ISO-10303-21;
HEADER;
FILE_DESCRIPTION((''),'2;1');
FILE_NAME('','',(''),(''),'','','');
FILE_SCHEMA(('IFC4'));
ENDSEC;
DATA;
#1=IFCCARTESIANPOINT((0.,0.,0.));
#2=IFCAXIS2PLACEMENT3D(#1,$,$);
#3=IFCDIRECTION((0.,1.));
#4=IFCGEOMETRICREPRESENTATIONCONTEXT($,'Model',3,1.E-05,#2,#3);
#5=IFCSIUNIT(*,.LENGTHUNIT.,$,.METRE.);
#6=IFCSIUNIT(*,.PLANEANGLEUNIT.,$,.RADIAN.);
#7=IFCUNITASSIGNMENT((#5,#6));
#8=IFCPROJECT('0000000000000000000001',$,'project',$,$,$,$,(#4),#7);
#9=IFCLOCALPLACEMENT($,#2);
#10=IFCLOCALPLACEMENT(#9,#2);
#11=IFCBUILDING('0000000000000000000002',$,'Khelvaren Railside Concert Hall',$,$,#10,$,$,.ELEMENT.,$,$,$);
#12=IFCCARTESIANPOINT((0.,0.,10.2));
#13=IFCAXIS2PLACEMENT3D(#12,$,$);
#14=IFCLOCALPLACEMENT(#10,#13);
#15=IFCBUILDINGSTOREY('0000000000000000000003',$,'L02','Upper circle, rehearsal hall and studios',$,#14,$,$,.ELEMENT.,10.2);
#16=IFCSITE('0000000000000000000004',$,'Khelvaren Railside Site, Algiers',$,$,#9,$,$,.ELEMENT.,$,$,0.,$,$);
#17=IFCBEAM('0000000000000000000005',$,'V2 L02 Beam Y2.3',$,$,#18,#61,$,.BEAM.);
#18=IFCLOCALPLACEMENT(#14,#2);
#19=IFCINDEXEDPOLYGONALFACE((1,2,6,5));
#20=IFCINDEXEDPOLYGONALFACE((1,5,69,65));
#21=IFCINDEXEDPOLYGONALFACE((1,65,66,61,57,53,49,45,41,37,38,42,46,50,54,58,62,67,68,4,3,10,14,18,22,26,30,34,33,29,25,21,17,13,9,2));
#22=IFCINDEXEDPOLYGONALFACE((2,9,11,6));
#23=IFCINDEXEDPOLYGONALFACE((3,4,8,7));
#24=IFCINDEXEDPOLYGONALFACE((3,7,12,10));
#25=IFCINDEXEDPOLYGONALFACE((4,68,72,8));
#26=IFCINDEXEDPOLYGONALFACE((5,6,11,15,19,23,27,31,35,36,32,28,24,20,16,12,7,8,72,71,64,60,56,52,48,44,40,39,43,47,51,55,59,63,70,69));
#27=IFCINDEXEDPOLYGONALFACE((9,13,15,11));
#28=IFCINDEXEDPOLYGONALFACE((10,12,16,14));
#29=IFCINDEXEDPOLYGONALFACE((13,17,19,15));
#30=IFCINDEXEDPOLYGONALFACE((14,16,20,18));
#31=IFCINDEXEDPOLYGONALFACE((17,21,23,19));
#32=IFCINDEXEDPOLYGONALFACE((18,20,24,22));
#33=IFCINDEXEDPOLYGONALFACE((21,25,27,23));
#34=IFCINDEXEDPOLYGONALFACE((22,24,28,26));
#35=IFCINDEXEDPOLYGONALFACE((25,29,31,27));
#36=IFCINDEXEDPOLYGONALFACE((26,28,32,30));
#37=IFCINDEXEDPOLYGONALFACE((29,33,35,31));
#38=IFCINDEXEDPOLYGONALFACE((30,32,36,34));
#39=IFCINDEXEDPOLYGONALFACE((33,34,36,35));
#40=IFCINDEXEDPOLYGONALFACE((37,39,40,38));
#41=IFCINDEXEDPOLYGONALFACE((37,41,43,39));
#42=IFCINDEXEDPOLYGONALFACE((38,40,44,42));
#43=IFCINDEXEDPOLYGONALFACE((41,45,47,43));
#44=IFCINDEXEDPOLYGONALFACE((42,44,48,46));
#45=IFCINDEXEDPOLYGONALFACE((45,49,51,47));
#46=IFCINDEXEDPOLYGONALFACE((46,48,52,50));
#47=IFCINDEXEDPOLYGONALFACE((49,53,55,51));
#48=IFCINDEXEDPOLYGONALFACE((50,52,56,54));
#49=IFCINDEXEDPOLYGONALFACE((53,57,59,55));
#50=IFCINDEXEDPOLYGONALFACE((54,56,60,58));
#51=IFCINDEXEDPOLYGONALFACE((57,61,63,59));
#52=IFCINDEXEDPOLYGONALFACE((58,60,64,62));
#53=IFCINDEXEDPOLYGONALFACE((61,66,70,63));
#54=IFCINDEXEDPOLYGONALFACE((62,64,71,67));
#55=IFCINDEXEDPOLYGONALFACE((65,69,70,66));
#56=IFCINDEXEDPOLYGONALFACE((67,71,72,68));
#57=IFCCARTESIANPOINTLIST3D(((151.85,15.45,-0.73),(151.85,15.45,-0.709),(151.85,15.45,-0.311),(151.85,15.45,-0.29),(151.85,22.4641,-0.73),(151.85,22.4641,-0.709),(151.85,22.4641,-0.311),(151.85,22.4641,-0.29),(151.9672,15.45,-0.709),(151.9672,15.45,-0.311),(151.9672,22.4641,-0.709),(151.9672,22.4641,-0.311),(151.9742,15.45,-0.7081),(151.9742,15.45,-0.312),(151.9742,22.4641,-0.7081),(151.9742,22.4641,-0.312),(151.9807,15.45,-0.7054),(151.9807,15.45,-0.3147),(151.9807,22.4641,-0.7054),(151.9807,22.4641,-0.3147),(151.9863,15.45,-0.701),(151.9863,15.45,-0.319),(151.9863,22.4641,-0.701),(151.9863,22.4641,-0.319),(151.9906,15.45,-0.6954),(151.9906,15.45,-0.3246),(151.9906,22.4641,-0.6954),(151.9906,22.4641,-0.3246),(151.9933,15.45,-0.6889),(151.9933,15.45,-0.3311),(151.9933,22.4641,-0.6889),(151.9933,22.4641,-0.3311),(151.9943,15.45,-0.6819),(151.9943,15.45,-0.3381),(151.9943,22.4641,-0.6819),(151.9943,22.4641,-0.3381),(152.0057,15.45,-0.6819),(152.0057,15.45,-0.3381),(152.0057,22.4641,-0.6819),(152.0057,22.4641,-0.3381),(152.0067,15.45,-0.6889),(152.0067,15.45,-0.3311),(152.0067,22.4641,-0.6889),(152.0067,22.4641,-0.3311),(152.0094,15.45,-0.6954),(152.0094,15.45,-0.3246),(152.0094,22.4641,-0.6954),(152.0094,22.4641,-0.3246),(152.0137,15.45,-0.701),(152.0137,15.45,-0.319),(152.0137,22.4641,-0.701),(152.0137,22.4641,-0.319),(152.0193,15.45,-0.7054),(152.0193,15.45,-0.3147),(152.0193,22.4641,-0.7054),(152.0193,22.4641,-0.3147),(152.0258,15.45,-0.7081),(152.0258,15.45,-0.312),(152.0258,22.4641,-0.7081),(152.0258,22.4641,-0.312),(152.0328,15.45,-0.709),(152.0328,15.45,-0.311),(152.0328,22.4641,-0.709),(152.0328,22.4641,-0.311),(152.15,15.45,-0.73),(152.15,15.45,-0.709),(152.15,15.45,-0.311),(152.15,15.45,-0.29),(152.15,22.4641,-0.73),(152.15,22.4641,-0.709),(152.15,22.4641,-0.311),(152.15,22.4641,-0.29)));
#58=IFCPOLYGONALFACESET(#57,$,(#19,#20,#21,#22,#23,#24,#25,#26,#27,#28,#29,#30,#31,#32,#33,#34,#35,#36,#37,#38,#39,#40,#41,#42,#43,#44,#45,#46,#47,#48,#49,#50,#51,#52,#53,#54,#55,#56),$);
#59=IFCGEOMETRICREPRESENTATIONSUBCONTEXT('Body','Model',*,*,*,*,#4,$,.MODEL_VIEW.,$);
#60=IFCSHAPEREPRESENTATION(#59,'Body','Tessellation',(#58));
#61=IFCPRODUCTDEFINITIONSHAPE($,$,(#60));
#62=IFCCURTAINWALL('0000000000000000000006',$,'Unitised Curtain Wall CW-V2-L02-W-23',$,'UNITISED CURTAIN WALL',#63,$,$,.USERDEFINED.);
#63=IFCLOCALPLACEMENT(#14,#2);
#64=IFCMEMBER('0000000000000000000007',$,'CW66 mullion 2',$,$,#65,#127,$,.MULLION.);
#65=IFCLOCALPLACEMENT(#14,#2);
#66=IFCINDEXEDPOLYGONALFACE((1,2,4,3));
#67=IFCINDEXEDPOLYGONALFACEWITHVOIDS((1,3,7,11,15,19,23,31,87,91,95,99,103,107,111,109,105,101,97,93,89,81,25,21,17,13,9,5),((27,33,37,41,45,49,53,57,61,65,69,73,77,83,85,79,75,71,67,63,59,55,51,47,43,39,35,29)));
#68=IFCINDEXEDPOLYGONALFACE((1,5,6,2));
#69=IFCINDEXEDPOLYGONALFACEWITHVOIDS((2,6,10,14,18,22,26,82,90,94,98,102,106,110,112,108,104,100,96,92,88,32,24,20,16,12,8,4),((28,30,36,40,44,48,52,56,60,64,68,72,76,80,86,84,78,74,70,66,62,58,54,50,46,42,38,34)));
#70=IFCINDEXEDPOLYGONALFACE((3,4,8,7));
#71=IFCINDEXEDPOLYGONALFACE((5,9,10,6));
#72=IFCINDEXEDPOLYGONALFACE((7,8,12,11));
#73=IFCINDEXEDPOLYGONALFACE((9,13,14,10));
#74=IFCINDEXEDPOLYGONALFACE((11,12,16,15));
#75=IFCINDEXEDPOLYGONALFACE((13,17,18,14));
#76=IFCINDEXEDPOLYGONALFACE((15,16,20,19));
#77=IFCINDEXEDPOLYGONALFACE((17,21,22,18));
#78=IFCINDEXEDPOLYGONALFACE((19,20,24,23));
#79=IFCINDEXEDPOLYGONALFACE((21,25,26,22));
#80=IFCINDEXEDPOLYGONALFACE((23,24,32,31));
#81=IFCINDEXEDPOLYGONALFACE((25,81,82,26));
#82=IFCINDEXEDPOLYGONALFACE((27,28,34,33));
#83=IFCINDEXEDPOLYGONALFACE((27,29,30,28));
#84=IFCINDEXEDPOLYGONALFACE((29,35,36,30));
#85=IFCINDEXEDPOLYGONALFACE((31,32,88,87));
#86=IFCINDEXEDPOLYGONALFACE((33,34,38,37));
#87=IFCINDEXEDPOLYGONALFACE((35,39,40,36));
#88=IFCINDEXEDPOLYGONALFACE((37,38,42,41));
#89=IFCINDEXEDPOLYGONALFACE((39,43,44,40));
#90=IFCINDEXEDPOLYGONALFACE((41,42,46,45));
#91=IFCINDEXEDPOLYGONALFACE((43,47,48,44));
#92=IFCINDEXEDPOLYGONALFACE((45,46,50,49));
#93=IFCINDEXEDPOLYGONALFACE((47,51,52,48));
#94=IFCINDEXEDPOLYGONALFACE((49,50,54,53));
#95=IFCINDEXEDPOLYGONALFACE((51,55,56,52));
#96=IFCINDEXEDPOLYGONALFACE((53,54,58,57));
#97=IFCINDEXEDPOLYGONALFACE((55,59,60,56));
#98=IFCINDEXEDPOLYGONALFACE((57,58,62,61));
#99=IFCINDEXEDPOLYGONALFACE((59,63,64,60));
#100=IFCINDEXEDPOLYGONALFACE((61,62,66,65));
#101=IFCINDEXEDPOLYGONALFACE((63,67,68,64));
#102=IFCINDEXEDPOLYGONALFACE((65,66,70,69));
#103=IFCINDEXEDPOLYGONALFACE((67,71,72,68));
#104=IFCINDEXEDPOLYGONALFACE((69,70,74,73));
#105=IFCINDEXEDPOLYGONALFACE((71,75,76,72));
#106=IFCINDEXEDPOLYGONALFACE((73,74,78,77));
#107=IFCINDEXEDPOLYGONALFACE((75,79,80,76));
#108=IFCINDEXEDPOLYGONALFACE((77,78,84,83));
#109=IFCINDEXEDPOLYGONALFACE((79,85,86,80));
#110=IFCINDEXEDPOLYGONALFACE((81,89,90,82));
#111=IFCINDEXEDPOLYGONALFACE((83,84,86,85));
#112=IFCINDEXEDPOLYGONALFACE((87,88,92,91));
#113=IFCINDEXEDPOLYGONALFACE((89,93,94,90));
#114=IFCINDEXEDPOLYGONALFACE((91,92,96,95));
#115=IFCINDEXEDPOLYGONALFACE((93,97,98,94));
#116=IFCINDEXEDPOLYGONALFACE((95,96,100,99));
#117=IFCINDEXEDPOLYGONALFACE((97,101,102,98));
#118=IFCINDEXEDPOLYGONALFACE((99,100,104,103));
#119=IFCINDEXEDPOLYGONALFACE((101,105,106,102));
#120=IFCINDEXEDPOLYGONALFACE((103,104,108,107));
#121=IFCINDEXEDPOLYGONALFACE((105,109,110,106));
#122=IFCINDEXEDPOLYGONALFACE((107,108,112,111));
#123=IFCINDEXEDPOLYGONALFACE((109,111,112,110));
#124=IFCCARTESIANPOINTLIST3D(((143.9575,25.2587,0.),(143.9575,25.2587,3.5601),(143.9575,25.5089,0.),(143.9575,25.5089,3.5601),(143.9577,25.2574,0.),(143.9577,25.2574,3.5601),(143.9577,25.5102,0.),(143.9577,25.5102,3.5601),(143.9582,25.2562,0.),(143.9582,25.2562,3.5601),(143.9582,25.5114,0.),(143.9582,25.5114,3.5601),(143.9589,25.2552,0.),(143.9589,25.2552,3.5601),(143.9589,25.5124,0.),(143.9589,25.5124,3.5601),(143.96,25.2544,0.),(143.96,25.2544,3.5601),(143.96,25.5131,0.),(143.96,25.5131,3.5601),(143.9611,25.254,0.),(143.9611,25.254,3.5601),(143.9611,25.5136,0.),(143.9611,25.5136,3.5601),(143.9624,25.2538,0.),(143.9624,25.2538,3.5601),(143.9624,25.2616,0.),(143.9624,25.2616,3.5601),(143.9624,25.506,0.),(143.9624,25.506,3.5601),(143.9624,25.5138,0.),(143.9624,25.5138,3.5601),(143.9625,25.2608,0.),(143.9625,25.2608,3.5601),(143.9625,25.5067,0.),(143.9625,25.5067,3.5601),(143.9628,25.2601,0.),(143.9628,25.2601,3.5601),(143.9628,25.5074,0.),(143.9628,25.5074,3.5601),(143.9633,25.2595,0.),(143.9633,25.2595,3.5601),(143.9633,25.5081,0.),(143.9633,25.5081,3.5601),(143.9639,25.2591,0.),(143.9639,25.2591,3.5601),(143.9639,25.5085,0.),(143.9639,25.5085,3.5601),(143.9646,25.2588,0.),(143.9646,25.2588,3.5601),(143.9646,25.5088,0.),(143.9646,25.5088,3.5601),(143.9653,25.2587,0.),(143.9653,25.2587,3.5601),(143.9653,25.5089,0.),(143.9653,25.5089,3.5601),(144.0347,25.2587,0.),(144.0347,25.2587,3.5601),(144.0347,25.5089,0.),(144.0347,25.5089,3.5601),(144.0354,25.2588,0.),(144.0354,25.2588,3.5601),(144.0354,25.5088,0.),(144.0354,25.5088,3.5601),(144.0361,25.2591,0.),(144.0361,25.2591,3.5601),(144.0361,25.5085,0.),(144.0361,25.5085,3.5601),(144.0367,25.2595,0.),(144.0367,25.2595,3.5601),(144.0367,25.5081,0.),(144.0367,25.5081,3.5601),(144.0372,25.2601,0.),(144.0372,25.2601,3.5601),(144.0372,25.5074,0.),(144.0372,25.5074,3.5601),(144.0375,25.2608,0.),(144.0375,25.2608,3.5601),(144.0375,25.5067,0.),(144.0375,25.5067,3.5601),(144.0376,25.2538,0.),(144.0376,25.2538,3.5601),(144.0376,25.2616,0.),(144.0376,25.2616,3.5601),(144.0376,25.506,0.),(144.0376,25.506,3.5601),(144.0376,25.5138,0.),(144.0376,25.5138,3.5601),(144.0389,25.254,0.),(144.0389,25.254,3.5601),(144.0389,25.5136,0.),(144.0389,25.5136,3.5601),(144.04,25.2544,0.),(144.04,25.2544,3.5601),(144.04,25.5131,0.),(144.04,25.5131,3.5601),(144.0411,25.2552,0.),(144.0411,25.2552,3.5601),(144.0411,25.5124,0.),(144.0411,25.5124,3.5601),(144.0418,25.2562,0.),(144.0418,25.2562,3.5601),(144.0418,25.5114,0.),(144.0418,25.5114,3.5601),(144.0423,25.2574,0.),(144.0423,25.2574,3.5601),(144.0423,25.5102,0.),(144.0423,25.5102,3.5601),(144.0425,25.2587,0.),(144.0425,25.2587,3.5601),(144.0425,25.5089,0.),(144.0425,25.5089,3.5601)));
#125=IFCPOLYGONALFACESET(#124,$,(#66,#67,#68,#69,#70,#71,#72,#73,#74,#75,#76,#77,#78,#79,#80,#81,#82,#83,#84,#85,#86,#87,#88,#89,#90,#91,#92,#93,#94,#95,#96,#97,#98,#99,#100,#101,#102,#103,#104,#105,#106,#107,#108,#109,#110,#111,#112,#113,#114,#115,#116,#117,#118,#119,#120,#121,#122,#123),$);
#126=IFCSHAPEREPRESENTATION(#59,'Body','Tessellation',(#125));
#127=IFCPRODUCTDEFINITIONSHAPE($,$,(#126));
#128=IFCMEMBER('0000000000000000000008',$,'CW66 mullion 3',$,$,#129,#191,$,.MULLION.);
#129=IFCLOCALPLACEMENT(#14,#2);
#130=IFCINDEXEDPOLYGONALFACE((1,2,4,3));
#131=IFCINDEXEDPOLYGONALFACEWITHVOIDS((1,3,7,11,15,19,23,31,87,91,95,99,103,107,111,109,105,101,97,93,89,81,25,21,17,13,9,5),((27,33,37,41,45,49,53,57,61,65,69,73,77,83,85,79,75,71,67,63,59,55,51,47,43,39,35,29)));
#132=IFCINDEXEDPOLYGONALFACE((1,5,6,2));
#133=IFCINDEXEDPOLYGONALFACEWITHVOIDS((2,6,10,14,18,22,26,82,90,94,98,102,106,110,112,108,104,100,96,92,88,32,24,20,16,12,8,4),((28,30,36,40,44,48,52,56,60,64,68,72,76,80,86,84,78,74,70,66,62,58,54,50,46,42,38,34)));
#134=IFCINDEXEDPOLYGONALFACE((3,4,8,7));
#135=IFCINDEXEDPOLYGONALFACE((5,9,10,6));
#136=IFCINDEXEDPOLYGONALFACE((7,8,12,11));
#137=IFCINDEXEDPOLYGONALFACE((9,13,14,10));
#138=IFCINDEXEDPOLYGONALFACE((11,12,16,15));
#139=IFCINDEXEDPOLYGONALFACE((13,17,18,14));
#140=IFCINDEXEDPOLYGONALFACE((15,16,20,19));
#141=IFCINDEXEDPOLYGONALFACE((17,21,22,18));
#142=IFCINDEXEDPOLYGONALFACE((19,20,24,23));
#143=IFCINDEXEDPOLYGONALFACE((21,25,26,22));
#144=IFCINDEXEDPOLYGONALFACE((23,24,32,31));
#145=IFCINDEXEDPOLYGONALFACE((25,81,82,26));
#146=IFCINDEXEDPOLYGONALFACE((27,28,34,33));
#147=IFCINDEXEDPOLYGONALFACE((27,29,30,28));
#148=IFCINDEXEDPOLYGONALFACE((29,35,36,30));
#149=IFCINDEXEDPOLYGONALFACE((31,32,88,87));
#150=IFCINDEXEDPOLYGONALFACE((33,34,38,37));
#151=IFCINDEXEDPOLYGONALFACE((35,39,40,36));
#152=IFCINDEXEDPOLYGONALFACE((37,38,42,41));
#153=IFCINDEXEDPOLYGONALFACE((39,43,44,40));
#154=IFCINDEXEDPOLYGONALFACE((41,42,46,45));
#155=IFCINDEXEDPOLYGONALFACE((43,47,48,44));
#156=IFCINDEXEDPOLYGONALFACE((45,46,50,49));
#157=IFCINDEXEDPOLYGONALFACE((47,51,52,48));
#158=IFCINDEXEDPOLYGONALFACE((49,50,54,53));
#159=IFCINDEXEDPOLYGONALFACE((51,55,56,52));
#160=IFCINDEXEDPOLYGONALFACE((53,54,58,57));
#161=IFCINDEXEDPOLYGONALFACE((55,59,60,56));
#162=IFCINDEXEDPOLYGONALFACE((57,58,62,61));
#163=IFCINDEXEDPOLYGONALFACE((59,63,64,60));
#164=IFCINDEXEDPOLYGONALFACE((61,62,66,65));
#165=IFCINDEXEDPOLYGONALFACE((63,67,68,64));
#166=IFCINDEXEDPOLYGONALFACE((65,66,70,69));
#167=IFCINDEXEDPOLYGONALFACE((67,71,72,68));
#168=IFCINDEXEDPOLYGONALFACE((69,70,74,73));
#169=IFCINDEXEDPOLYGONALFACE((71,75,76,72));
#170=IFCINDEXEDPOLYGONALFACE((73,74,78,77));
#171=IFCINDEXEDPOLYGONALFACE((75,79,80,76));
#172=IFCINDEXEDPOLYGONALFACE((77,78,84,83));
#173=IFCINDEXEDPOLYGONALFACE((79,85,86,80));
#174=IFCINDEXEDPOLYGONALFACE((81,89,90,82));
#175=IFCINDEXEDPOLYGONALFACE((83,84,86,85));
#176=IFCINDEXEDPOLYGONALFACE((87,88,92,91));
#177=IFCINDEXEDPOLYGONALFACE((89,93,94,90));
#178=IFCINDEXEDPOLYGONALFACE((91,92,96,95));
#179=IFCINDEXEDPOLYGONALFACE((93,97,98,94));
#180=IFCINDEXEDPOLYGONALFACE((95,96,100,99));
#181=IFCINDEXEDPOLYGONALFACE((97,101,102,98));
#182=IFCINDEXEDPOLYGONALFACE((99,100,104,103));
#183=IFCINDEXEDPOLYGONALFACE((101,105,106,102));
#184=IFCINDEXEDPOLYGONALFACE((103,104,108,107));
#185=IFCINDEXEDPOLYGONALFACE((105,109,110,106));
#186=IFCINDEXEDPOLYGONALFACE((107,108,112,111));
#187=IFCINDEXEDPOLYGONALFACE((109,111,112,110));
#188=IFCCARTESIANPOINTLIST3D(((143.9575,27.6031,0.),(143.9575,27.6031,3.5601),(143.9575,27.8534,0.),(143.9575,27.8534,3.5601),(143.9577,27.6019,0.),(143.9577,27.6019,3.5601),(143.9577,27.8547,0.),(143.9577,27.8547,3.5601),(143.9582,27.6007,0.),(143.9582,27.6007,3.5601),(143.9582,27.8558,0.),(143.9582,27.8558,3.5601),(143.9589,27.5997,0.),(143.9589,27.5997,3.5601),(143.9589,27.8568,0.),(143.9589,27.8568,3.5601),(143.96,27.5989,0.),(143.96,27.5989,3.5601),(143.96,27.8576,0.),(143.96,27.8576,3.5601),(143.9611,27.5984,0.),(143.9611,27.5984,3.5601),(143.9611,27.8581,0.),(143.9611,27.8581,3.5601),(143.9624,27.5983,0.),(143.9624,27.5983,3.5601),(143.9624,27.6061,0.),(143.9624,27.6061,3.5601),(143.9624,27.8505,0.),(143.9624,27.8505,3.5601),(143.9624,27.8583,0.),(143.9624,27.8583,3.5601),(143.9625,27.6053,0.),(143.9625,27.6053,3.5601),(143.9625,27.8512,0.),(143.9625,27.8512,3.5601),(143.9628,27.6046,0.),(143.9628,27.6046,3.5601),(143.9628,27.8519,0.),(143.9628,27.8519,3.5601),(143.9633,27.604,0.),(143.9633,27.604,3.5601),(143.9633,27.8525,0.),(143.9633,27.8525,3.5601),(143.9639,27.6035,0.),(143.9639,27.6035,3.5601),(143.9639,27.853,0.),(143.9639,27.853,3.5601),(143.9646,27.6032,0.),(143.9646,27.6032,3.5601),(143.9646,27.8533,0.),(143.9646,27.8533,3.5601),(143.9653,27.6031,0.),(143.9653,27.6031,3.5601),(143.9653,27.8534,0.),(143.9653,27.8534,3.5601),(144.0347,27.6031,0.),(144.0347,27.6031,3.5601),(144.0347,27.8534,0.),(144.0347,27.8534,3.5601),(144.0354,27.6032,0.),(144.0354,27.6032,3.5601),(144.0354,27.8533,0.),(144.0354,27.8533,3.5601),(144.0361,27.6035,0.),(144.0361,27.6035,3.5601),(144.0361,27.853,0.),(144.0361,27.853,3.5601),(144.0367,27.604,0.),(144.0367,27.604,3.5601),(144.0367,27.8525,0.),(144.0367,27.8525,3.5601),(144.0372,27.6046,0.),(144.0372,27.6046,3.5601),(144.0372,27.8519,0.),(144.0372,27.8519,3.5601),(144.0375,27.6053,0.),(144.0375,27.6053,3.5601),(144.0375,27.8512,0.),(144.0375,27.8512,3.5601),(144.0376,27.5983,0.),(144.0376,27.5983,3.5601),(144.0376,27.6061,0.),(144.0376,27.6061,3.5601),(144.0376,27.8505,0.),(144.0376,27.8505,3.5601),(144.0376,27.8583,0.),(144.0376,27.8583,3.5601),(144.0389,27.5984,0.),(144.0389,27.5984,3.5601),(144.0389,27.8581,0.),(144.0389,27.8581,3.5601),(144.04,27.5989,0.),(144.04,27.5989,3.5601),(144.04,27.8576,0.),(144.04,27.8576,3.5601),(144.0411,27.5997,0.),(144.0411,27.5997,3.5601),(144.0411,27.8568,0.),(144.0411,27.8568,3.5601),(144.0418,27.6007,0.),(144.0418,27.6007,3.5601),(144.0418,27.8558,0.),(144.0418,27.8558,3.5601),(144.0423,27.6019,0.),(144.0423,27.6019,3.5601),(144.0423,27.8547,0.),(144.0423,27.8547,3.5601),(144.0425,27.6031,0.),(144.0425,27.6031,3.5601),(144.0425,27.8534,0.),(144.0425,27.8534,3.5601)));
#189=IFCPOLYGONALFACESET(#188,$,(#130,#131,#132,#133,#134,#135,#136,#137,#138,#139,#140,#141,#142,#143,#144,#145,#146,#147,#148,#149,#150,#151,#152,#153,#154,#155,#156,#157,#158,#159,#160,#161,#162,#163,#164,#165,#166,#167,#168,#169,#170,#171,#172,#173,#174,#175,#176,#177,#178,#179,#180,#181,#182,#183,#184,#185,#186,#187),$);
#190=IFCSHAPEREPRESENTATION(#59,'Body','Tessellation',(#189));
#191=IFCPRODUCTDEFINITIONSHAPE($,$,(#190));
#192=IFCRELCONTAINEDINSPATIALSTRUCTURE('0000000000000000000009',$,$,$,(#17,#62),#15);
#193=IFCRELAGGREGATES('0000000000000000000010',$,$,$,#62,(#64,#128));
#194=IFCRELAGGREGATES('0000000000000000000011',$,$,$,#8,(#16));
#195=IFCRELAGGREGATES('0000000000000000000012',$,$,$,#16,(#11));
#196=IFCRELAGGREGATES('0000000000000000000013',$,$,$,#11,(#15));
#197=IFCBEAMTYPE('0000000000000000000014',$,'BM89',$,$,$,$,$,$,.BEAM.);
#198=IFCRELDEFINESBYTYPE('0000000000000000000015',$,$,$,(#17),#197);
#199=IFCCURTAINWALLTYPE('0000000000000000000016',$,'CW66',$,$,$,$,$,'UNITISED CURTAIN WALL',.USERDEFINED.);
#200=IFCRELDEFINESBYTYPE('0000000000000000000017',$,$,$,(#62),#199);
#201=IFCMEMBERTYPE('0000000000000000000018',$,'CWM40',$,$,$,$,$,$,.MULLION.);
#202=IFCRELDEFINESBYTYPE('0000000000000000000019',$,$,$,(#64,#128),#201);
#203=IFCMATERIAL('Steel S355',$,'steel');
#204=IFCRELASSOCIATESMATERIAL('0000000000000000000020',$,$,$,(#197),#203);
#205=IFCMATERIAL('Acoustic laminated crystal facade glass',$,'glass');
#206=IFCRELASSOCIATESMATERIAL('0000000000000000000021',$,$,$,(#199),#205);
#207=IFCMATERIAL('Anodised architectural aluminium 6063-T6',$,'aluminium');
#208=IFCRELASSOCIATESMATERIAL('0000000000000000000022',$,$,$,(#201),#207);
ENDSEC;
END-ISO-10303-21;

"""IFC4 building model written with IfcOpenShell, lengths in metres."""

from ifc_helpers import new_model, si_unit, direction, frame, origin, origin_2d, place, context, subcontext, project, spatial, hollow_rectangle, i_section, extrude, material, material_profile, profile_set, type_object, element, aggregate, save


model = new_model("IFC4")

# Units and contexts
model_context = context("Model", 3, precision=1e-05, world=origin(), true_north=direction((0.0, 1.0)))
body_context = subcontext(model_context, "Body", "Model", "MODEL_VIEW")
ifc_project = project(units=[si_unit("LENGTHUNIT", "METRE"), si_unit("PLANEANGLEUNIT", "RADIAN")], contexts=[model_context])

# Site, building, storey
site_placement = place(None, origin())
site = spatial("IfcSite", under=ifc_project, at=site_placement, Name="Khelvaren Railside Site, Algiers", CompositionType="ELEMENT", RefElevation=0.0)
building_placement = place(site_placement, origin())
building = spatial("IfcBuilding", under=site, at=building_placement, Name="Khelvaren Railside Concert Hall", CompositionType="ELEMENT")
storey_placement = place(building_placement, frame((0.0, 0.0, 10.2)))
storey = spatial("IfcBuildingStorey", under=building, at=storey_placement, Name="L02", Description="Upper circle, rehearsal hall and studios", CompositionType="ELEMENT", Elevation=10.2)

# Beam
ifc_material_1 = material(Name="Steel S355", Category="steel")
ifc_material_profile_1 = material_profile(ifc_material_1, i_section(OverallWidth=0.3, OverallDepth=0.4399, WebThickness=0.0115, FlangeThickness=0.021, FilletRadius=0.0271, at=origin_2d()), Name="HEA 450")
ifc_profile_set_1 = profile_set([ifc_material_profile_1], Name="Steel S355")
beam_type_1 = type_object("IfcBeamType", Name="BM89", PredefinedType="BEAM", material=ifc_profile_set_1)
beam_1_placement = place(storey_placement, frame((152.0, 15.45, -0.51), z_axis=(0.0, 1.0, 0.0), x_axis=(-1.0, 0.0, 0.0)))
element("IfcBeam", 1, at=beam_1_placement, inside=storey, type_object=beam_type_1, Name="V2 L02 Beam Y2.3", PredefinedType="BEAM", context=body_context, shape_type="SweptSolid", body=[
    extrude(i_section(OverallWidth=0.3, OverallDepth=0.4399, WebThickness=0.0115, FlangeThickness=0.021, FilletRadius=0.0271, at=origin_2d()), origin(), (0.0, 0.0, 1.0), 7.0142),
])

# Curtain wall, members
ifc_material_2 = material(Name="Acoustic laminated crystal facade glass", Category="glass")
curtain_wall_type = type_object("IfcCurtainWallType", Name="CW66", ElementType="UNITISED CURTAIN WALL", PredefinedType="USERDEFINED", material=ifc_material_2)
curtain_wall_placement = place(storey_placement, origin())
curtain_wall = element("IfcCurtainWall", 2, at=curtain_wall_placement, inside=storey, type_object=curtain_wall_type, Name="Unitised Curtain Wall CW-V2-L02-W-23", ObjectType="UNITISED CURTAIN WALL", PredefinedType="USERDEFINED")
ifc_material_3 = material(Name="Anodised architectural aluminium 6063-T6", Category="aluminium")
ifc_material_profile_2 = material_profile(ifc_material_3, hollow_rectangle(XDim=0.085, YDim=0.26, WallThickness=0.0049, InnerFilletRadius=0.0029, OuterFilletRadius=0.0049, at=origin_2d()), Name="CWM 85x260x5")
ifc_profile_set_2 = profile_set([ifc_material_profile_2], Name="Anodised architectural aluminium 6063-T6")
member_type_1 = type_object("IfcMemberType", Name="CWM40", PredefinedType="MULLION", material=ifc_profile_set_2)
member_1_placement = place(storey_placement, frame((144.0, 25.3838, 0.0), z_axis=(0.0, 0.0, 1.0), x_axis=(-1.0, 0.0, 0.0)))
member_1 = element("IfcMember", 3, at=member_1_placement, type_object=member_type_1, Name="CW66 mullion 2", PredefinedType="MULLION", context=body_context, shape_type="SweptSolid", body=[
    extrude(hollow_rectangle(XDim=0.085, YDim=0.26, WallThickness=0.0049, InnerFilletRadius=0.0029, OuterFilletRadius=0.0049, at=origin_2d()), origin(), (0.0, 0.0, 1.0), 3.5601),
])
member_2_placement = place(storey_placement, frame((144.0, 27.7283, 0.0), z_axis=(0.0, 0.0, 1.0), x_axis=(-1.0, 0.0, 0.0)))
member_2 = element("IfcMember", 4, at=member_2_placement, type_object=member_type_1, Name="CW66 mullion 3", PredefinedType="MULLION", context=body_context, shape_type="SweptSolid", body=[
    extrude(hollow_rectangle(XDim=0.085, YDim=0.26, WallThickness=0.0049, InnerFilletRadius=0.0029, OuterFilletRadius=0.0049, at=origin_2d()), origin(), (0.0, 0.0, 1.0), 3.5601),
])

aggregate(curtain_wall, [member_1, member_2])

save(model, "model.ifc")
